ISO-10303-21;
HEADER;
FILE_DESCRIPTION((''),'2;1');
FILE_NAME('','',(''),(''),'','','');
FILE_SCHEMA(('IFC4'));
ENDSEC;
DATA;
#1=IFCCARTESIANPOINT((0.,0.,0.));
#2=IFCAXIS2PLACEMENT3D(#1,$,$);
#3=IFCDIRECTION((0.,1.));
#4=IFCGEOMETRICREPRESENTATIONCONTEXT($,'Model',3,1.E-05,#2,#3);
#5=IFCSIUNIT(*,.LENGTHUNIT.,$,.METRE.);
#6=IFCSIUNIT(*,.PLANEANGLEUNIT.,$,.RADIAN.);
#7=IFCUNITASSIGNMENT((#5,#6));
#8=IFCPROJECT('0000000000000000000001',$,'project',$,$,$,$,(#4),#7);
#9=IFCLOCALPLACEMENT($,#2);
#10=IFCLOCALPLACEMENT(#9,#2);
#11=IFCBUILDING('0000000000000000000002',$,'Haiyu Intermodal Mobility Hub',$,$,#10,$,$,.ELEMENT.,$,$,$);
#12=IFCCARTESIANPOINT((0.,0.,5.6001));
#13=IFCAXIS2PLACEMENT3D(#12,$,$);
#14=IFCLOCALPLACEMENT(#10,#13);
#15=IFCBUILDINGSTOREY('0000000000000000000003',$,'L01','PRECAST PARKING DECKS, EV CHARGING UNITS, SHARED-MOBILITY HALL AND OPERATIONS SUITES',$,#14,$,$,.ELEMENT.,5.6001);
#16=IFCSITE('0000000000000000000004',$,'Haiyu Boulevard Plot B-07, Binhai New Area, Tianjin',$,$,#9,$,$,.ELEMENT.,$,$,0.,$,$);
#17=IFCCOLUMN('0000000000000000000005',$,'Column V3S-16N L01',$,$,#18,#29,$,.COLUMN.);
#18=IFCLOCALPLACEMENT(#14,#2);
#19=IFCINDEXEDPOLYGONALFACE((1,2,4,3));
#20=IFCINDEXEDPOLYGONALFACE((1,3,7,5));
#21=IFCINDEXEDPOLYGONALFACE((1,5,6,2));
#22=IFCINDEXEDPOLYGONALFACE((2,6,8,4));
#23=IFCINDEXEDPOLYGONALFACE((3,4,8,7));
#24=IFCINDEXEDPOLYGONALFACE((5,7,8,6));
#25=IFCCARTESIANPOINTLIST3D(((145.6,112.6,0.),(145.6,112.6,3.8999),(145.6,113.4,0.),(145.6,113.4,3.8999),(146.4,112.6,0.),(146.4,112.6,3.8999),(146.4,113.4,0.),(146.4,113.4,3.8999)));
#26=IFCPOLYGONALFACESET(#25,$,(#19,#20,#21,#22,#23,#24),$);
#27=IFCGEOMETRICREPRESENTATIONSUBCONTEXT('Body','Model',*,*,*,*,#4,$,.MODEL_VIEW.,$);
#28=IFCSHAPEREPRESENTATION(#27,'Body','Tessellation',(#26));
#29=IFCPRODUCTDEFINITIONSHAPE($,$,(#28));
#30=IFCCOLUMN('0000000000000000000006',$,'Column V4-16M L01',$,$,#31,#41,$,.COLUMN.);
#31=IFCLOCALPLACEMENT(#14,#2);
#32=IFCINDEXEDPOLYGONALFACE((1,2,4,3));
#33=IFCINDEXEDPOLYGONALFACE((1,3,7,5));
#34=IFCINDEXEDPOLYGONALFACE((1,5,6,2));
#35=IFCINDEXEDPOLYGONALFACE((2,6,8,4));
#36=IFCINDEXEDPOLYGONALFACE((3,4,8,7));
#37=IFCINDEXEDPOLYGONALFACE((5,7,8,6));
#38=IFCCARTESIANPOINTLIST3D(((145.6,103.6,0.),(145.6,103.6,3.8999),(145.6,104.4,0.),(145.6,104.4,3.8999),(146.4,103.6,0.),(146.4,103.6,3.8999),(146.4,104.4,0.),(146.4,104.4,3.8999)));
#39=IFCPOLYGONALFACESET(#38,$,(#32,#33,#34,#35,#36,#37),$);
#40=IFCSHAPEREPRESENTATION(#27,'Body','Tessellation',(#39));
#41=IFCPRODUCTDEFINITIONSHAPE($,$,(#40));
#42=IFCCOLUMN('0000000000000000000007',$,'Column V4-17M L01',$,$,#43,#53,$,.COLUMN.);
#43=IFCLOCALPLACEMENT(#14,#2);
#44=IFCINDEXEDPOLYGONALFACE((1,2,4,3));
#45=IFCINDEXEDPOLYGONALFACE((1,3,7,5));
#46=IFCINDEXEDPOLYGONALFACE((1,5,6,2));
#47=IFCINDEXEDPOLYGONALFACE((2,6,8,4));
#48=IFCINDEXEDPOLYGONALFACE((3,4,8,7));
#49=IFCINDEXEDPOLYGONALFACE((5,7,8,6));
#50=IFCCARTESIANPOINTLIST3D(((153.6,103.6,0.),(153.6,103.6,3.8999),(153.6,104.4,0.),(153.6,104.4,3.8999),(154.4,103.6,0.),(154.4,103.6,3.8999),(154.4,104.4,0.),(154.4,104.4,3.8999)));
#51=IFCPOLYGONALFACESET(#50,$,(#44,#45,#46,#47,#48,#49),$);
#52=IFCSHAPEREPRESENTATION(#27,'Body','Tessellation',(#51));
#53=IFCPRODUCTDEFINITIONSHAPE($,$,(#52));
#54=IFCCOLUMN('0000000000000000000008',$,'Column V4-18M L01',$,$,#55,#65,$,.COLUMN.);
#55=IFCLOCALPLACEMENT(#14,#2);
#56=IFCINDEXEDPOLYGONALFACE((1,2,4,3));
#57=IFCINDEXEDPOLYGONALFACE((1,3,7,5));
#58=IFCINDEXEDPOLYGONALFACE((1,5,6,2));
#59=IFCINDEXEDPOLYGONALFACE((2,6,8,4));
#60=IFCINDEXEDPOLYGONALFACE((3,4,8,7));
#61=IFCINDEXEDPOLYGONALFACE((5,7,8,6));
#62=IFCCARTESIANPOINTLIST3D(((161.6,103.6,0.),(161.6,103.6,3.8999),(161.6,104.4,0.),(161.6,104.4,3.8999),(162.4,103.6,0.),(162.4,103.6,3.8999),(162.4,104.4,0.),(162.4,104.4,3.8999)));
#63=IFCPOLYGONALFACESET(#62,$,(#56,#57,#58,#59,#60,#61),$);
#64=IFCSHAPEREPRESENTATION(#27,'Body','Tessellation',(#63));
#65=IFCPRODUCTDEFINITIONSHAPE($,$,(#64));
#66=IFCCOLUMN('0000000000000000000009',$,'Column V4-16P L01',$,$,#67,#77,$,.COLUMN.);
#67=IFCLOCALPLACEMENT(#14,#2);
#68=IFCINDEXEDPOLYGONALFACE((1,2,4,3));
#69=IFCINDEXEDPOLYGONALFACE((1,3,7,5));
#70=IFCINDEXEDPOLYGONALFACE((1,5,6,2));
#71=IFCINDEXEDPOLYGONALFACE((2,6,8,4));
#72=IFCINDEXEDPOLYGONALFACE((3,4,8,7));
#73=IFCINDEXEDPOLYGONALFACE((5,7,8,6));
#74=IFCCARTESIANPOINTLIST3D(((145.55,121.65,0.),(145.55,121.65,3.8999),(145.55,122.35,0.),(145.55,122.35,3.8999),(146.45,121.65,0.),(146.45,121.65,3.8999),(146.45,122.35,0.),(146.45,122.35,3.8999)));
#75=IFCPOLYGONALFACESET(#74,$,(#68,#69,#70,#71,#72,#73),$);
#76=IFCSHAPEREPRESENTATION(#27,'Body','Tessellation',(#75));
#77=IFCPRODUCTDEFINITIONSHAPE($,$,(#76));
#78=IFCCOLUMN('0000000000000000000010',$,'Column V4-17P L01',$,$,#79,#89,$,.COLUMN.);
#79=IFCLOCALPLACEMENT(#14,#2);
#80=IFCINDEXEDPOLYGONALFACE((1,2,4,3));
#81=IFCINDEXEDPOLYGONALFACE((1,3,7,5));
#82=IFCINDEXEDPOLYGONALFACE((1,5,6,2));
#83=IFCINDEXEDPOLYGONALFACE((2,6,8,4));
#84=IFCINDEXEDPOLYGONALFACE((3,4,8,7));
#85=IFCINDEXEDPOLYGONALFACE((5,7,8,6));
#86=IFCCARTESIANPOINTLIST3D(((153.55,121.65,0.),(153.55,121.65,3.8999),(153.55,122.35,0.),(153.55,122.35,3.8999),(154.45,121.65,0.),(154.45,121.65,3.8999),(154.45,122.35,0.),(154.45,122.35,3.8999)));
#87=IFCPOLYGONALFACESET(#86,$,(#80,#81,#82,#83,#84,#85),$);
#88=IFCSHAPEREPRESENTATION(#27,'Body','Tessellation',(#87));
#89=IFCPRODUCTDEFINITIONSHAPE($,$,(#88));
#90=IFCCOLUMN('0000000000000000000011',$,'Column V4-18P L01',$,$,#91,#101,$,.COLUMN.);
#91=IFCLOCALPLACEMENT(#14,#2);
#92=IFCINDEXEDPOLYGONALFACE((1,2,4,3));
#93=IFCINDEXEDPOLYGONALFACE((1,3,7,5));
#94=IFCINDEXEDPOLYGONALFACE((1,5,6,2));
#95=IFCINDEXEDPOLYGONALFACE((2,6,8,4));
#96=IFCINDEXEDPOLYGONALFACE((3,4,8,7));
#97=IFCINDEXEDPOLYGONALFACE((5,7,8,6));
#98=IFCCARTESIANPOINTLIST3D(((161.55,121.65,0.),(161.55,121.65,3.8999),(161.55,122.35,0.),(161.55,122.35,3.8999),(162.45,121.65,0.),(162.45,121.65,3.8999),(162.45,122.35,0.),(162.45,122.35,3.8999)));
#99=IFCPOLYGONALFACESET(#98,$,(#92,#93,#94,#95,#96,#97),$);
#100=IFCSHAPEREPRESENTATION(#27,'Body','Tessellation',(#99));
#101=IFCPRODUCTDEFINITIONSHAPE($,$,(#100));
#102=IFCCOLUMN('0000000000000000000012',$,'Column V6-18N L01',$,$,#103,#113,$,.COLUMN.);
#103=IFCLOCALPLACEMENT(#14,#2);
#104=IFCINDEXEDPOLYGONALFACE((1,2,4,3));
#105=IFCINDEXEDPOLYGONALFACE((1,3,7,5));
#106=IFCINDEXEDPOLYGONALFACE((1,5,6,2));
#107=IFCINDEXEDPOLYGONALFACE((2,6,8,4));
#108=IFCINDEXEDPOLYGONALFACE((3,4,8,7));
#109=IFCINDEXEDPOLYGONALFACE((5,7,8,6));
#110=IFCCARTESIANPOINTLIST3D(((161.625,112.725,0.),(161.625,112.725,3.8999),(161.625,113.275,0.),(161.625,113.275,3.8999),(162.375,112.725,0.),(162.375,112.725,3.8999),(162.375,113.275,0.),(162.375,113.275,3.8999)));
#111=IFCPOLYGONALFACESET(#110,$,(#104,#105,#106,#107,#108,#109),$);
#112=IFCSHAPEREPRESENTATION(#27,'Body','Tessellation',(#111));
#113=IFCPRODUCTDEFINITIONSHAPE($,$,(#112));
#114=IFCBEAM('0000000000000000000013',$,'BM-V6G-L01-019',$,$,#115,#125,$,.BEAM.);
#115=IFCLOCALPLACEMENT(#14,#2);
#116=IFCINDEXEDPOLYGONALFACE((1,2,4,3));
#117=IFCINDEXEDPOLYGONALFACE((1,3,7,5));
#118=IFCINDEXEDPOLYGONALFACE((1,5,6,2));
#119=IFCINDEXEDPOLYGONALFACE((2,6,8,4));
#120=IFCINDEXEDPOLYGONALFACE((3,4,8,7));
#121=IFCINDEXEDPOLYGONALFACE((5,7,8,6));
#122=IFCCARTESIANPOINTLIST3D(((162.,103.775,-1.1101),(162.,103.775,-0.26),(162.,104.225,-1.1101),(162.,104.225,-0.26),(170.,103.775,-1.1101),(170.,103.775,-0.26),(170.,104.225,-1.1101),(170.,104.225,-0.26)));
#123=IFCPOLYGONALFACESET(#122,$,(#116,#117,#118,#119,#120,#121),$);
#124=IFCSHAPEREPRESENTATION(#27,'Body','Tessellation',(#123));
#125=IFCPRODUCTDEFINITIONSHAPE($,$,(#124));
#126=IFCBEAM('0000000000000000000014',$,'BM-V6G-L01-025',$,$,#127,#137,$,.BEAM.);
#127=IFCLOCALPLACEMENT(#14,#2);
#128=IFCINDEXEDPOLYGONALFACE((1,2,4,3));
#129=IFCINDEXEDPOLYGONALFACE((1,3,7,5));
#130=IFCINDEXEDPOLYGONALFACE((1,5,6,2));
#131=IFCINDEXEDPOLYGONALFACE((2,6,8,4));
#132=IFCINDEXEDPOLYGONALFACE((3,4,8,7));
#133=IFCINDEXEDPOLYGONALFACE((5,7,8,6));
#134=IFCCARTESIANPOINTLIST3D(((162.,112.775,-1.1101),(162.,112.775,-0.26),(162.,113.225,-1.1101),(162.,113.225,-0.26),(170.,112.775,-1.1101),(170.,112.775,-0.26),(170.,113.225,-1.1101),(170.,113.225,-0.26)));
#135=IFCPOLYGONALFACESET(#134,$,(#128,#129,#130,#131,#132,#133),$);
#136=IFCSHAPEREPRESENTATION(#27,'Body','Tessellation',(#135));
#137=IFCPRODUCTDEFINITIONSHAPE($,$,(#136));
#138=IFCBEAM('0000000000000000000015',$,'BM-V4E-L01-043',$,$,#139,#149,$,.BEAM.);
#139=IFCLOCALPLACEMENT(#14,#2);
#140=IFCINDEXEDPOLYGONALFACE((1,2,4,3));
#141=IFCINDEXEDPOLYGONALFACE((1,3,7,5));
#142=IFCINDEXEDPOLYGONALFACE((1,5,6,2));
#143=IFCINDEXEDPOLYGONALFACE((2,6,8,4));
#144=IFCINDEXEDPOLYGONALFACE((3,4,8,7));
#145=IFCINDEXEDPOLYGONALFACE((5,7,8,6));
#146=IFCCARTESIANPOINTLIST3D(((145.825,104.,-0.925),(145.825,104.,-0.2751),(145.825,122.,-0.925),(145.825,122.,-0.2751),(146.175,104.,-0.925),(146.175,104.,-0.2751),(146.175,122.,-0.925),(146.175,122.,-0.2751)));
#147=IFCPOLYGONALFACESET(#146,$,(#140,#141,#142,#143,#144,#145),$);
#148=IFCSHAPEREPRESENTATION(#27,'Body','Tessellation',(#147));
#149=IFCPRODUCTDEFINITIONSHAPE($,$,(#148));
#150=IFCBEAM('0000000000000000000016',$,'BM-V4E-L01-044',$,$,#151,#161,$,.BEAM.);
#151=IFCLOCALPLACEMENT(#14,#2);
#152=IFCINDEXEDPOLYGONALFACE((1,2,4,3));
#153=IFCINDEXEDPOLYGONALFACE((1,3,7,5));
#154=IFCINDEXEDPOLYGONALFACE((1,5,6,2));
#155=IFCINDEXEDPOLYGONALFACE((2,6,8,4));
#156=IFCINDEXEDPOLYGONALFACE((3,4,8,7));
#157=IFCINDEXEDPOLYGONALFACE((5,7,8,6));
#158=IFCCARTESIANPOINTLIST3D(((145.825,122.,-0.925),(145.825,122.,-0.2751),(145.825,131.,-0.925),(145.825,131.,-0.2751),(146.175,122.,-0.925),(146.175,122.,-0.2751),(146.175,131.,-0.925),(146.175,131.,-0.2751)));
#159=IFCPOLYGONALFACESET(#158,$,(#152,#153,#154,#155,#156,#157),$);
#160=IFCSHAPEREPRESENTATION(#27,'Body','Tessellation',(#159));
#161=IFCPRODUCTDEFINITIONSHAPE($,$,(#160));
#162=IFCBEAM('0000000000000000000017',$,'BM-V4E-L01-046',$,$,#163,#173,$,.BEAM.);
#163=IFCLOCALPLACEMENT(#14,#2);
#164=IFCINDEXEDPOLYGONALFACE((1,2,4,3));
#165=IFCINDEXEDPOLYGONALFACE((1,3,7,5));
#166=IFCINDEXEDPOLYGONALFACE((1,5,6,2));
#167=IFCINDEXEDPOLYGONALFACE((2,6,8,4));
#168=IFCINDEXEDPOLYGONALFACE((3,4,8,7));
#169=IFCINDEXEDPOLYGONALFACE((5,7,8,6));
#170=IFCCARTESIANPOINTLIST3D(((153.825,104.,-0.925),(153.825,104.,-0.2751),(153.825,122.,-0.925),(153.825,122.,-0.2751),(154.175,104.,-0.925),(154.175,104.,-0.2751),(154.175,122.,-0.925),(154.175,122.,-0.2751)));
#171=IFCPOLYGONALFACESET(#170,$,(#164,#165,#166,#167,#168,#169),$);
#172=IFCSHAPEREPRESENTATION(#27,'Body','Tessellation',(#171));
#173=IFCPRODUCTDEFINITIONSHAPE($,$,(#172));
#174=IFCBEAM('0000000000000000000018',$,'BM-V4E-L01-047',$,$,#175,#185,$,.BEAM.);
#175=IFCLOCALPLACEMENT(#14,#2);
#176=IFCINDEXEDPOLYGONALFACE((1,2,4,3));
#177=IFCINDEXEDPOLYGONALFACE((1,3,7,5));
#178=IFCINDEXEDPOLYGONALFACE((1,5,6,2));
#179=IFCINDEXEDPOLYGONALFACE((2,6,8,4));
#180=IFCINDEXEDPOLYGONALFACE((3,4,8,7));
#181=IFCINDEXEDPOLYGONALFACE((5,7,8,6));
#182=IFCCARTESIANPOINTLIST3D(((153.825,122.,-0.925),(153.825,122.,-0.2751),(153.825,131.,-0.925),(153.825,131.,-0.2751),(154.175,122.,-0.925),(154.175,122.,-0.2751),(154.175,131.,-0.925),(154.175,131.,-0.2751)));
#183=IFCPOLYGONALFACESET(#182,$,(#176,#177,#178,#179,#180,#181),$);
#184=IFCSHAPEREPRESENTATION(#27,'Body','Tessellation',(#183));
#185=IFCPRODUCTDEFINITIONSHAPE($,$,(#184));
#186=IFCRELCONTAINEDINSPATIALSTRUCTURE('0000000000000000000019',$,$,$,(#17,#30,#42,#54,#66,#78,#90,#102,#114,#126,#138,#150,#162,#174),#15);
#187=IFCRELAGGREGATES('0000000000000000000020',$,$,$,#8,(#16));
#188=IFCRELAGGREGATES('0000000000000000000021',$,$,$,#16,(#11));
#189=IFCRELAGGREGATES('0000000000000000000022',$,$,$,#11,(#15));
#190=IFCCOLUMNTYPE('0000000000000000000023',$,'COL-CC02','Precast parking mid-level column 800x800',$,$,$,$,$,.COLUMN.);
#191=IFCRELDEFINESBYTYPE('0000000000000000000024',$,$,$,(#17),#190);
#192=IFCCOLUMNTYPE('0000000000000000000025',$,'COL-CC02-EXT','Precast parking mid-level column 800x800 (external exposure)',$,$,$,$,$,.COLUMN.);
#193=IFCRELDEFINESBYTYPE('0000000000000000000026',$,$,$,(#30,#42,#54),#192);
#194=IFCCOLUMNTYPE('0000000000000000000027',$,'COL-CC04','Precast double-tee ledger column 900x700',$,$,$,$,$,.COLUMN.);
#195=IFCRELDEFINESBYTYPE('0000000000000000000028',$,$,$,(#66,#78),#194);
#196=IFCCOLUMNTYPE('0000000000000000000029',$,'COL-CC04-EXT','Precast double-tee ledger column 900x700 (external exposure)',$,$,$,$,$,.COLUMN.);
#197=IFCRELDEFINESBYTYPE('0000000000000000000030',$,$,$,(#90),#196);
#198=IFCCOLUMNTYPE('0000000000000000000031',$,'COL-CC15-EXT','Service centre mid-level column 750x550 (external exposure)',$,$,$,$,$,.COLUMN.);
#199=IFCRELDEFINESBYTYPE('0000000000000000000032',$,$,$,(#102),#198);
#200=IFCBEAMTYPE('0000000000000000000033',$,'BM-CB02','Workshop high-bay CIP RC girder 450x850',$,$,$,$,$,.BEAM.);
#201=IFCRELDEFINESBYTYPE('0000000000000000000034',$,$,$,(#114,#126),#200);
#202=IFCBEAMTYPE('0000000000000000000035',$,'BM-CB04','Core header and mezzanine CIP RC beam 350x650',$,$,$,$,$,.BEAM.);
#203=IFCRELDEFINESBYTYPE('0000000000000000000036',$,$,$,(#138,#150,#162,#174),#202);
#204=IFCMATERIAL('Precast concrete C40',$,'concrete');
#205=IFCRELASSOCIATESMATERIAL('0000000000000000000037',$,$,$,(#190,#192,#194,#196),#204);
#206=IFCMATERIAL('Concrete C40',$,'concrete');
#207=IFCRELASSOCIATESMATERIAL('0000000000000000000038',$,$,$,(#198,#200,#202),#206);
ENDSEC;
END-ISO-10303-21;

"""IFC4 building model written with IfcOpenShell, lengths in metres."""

from ifc_helpers import new_model, si_unit, direction, frame, origin, origin_2d, place, context, subcontext, project, spatial, rectangle, extrude, material, material_profile, profile_set, type_object, element, save


model = new_model("IFC4")

# Units and contexts
model_context = context("Model", 3, precision=1e-05, world=origin(), true_north=direction((0.0, 1.0)))
body_context = subcontext(model_context, "Body", "Model", "MODEL_VIEW")
ifc_project = project(units=[si_unit("LENGTHUNIT", "METRE"), si_unit("PLANEANGLEUNIT", "RADIAN")], contexts=[model_context])

# Site, building, storey
site_placement = place(None, origin())
site = spatial("IfcSite", under=ifc_project, at=site_placement, Name="Haiyu Boulevard Plot B-07, Binhai New Area, Tianjin", CompositionType="ELEMENT", RefElevation=0.0)
building_placement = place(site_placement, origin())
building = spatial("IfcBuilding", under=site, at=building_placement, Name="Haiyu Intermodal Mobility Hub", CompositionType="ELEMENT")
storey_placement = place(building_placement, frame((0.0, 0.0, 5.6001)))
storey = spatial("IfcBuildingStorey", under=building, at=storey_placement, Name="L01", Description="PRECAST PARKING DECKS, EV CHARGING UNITS, SHARED-MOBILITY HALL AND OPERATIONS SUITES", CompositionType="ELEMENT", Elevation=5.6001)

# Columns
ifc_material_1 = material(Name="Precast concrete C40", Category="concrete")
ifc_material_profile_1 = material_profile(ifc_material_1, rectangle(XDim=0.8, YDim=0.8, at=origin_2d()), Name="RC800x800")
ifc_profile_set_1 = profile_set([ifc_material_profile_1], Name="Precast concrete C40")
column_type_1 = type_object("IfcColumnType", Name="COL-CC02", Description="Precast parking mid-level column 800x800", PredefinedType="COLUMN", material=ifc_profile_set_1)
column_1_placement = place(storey_placement, frame((146.0, 113.0, 0.0), z_axis=(0.0, 0.0, 1.0), x_axis=(1.0, 0.0, 0.0)))
element("IfcColumn", 1, at=column_1_placement, inside=storey, type_object=column_type_1, Name="Column V3S-16N L01", PredefinedType="COLUMN", context=body_context, shape_type="SweptSolid", body=[
    extrude(rectangle(XDim=0.8, YDim=0.8, at=origin_2d()), origin(), (0.0, 0.0, 1.0), 3.8999),
])
ifc_material_profile_2 = material_profile(ifc_material_1, rectangle(XDim=0.8, YDim=0.8, at=origin_2d()), Name="RC800x800")
ifc_profile_set_2 = profile_set([ifc_material_profile_2], Name="Precast concrete C40")
column_type_2 = type_object("IfcColumnType", Name="COL-CC02-EXT", Description="Precast parking mid-level column 800x800 (external exposure)", PredefinedType="COLUMN", material=ifc_profile_set_2)
for number, where, z_axis, x_axis, name in (
    (2, (146.0, 104.0, 0.0), (0.0, 0.0, 1.0), (1.0, 0.0, 0.0), "Column V4-16M L01"),
    (3, (154.0, 104.0, 0.0), (0.0, 0.0, 1.0), (1.0, 0.0, 0.0), "Column V4-17M L01"),
    (4, (162.0, 104.0, 0.0), (0.0, 0.0, 1.0), (1.0, 0.0, 0.0), "Column V4-18M L01"),
):
    element("IfcColumn", number, at=place(storey_placement, frame(where, z_axis=z_axis, x_axis=x_axis)), inside=storey, type_object=column_type_2, Name=name, PredefinedType="COLUMN", context=body_context, shape_type="SweptSolid", body=[
        extrude(rectangle(XDim=0.8, YDim=0.8, at=origin_2d()), origin(), (0.0, 0.0, 1.0), 3.8999),
    ])
ifc_material_profile_3 = material_profile(ifc_material_1, rectangle(XDim=0.8999, YDim=0.7, at=origin_2d()), Name="RC900x700")
ifc_profile_set_3 = profile_set([ifc_material_profile_3], Name="Precast concrete C40")
column_type_3 = type_object("IfcColumnType", Name="COL-CC04", Description="Precast double-tee ledger column 900x700", PredefinedType="COLUMN", material=ifc_profile_set_3)
for number, where, z_axis, x_axis, name in (
    (5, (146.0, 122.0, 0.0), (0.0, 0.0, 1.0), (1.0, 0.0, 0.0), "Column V4-16P L01"),
    (6, (154.0, 122.0, 0.0), (0.0, 0.0, 1.0), (1.0, 0.0, 0.0), "Column V4-17P L01"),
):
    element("IfcColumn", number, at=place(storey_placement, frame(where, z_axis=z_axis, x_axis=x_axis)), inside=storey, type_object=column_type_3, Name=name, PredefinedType="COLUMN", context=body_context, shape_type="SweptSolid", body=[
        extrude(rectangle(XDim=0.8999, YDim=0.7, at=origin_2d()), origin(), (0.0, 0.0, 1.0), 3.8999),
    ])
ifc_material_profile_4 = material_profile(ifc_material_1, rectangle(XDim=0.8999, YDim=0.7, at=origin_2d()), Name="RC900x700")
ifc_profile_set_4 = profile_set([ifc_material_profile_4], Name="Precast concrete C40")
column_type_4 = type_object("IfcColumnType", Name="COL-CC04-EXT", Description="Precast double-tee ledger column 900x700 (external exposure)", PredefinedType="COLUMN", material=ifc_profile_set_4)
column_2_placement = place(storey_placement, frame((162.0, 122.0, 0.0), z_axis=(0.0, 0.0, 1.0), x_axis=(1.0, 0.0, 0.0)))
element("IfcColumn", 7, at=column_2_placement, inside=storey, type_object=column_type_4, Name="Column V4-18P L01", PredefinedType="COLUMN", context=body_context, shape_type="SweptSolid", body=[
    extrude(rectangle(XDim=0.8999, YDim=0.7, at=origin_2d()), origin(), (0.0, 0.0, 1.0), 3.8999),
])
ifc_material_2 = material(Name="Concrete C40", Category="concrete")
ifc_material_profile_5 = material_profile(ifc_material_2, rectangle(XDim=0.75, YDim=0.55, at=origin_2d()), Name="C750x550")
ifc_profile_set_5 = profile_set([ifc_material_profile_5], Name="Concrete C40")
column_type_5 = type_object("IfcColumnType", Name="COL-CC15-EXT", Description="Service centre mid-level column 750x550 (external exposure)", PredefinedType="COLUMN", material=ifc_profile_set_5)
column_3_placement = place(storey_placement, frame((162.0, 113.0, 0.0), z_axis=(0.0, 0.0, 1.0), x_axis=(1.0, 0.0, 0.0)))
element("IfcColumn", 8, at=column_3_placement, inside=storey, type_object=column_type_5, Name="Column V6-18N L01", PredefinedType="COLUMN", context=body_context, shape_type="SweptSolid", body=[
    extrude(rectangle(XDim=0.75, YDim=0.55, at=origin_2d()), origin(), (0.0, 0.0, 1.0), 3.8999),
])

# Beams
ifc_material_profile_6 = material_profile(ifc_material_2, rectangle(XDim=0.45, YDim=0.8501, at=origin_2d()), Name="RCB450x850")
ifc_profile_set_6 = profile_set([ifc_material_profile_6], Name="Concrete C40")
beam_type_1 = type_object("IfcBeamType", Name="BM-CB02", Description="Workshop high-bay CIP RC girder 450x850", PredefinedType="BEAM", material=ifc_profile_set_6)
for number, where, z_axis, x_axis, name in (
    (9, (162.0, 104.0, -0.6851), (1.0, 0.0, 0.0), (0.0, 1.0, 0.0), "BM-V6G-L01-019"),
    (10, (162.0, 113.0, -0.6851), (1.0, 0.0, 0.0), (0.0, 1.0, 0.0), "BM-V6G-L01-025"),
):
    element("IfcBeam", number, at=place(storey_placement, frame(where, z_axis=z_axis, x_axis=x_axis)), inside=storey, type_object=beam_type_1, Name=name, PredefinedType="BEAM", context=body_context, shape_type="SweptSolid", body=[
        extrude(rectangle(XDim=0.45, YDim=0.8501, at=origin_2d()), origin(), (0.0, 0.0, 1.0), 8.0),
    ])
ifc_material_profile_7 = material_profile(ifc_material_2, rectangle(XDim=0.3501, YDim=0.6499, at=origin_2d()), Name="RCB350x650")
ifc_profile_set_7 = profile_set([ifc_material_profile_7], Name="Concrete C40")
beam_type_2 = type_object("IfcBeamType", Name="BM-CB04", Description="Core header and mezzanine CIP RC beam 350x650", PredefinedType="BEAM", material=ifc_profile_set_7)
beam_1_placement = place(storey_placement, frame((146.0, 104.0, -0.6001), z_axis=(0.0, 1.0, 0.0), x_axis=(-1.0, 0.0, 0.0)))
element("IfcBeam", 11, at=beam_1_placement, inside=storey, type_object=beam_type_2, Name="BM-V4E-L01-043", PredefinedType="BEAM", context=body_context, shape_type="SweptSolid", body=[
    extrude(rectangle(XDim=0.3501, YDim=0.6499, at=origin_2d()), origin(), (0.0, 0.0, 1.0), 18.0),
])
beam_2_placement = place(storey_placement, frame((146.0, 122.0, -0.6001), z_axis=(0.0, 1.0, 0.0), x_axis=(-1.0, 0.0, 0.0)))
element("IfcBeam", 12, at=beam_2_placement, inside=storey, type_object=beam_type_2, Name="BM-V4E-L01-044", PredefinedType="BEAM", context=body_context, shape_type="SweptSolid", body=[
    extrude(rectangle(XDim=0.3501, YDim=0.6499, at=origin_2d()), origin(), (0.0, 0.0, 1.0), 9.0),
])
beam_3_placement = place(storey_placement, frame((154.0, 104.0, -0.6001), z_axis=(0.0, 1.0, 0.0), x_axis=(-1.0, 0.0, 0.0)))
element("IfcBeam", 13, at=beam_3_placement, inside=storey, type_object=beam_type_2, Name="BM-V4E-L01-046", PredefinedType="BEAM", context=body_context, shape_type="SweptSolid", body=[
    extrude(rectangle(XDim=0.3501, YDim=0.6499, at=origin_2d()), origin(), (0.0, 0.0, 1.0), 18.0),
])
beam_4_placement = place(storey_placement, frame((154.0, 122.0, -0.6001), z_axis=(0.0, 1.0, 0.0), x_axis=(-1.0, 0.0, 0.0)))
element("IfcBeam", 14, at=beam_4_placement, inside=storey, type_object=beam_type_2, Name="BM-V4E-L01-047", PredefinedType="BEAM", context=body_context, shape_type="SweptSolid", body=[
    extrude(rectangle(XDim=0.3501, YDim=0.6499, at=origin_2d()), origin(), (0.0, 0.0, 1.0), 9.0),
])

save(model, "model.ifc")
